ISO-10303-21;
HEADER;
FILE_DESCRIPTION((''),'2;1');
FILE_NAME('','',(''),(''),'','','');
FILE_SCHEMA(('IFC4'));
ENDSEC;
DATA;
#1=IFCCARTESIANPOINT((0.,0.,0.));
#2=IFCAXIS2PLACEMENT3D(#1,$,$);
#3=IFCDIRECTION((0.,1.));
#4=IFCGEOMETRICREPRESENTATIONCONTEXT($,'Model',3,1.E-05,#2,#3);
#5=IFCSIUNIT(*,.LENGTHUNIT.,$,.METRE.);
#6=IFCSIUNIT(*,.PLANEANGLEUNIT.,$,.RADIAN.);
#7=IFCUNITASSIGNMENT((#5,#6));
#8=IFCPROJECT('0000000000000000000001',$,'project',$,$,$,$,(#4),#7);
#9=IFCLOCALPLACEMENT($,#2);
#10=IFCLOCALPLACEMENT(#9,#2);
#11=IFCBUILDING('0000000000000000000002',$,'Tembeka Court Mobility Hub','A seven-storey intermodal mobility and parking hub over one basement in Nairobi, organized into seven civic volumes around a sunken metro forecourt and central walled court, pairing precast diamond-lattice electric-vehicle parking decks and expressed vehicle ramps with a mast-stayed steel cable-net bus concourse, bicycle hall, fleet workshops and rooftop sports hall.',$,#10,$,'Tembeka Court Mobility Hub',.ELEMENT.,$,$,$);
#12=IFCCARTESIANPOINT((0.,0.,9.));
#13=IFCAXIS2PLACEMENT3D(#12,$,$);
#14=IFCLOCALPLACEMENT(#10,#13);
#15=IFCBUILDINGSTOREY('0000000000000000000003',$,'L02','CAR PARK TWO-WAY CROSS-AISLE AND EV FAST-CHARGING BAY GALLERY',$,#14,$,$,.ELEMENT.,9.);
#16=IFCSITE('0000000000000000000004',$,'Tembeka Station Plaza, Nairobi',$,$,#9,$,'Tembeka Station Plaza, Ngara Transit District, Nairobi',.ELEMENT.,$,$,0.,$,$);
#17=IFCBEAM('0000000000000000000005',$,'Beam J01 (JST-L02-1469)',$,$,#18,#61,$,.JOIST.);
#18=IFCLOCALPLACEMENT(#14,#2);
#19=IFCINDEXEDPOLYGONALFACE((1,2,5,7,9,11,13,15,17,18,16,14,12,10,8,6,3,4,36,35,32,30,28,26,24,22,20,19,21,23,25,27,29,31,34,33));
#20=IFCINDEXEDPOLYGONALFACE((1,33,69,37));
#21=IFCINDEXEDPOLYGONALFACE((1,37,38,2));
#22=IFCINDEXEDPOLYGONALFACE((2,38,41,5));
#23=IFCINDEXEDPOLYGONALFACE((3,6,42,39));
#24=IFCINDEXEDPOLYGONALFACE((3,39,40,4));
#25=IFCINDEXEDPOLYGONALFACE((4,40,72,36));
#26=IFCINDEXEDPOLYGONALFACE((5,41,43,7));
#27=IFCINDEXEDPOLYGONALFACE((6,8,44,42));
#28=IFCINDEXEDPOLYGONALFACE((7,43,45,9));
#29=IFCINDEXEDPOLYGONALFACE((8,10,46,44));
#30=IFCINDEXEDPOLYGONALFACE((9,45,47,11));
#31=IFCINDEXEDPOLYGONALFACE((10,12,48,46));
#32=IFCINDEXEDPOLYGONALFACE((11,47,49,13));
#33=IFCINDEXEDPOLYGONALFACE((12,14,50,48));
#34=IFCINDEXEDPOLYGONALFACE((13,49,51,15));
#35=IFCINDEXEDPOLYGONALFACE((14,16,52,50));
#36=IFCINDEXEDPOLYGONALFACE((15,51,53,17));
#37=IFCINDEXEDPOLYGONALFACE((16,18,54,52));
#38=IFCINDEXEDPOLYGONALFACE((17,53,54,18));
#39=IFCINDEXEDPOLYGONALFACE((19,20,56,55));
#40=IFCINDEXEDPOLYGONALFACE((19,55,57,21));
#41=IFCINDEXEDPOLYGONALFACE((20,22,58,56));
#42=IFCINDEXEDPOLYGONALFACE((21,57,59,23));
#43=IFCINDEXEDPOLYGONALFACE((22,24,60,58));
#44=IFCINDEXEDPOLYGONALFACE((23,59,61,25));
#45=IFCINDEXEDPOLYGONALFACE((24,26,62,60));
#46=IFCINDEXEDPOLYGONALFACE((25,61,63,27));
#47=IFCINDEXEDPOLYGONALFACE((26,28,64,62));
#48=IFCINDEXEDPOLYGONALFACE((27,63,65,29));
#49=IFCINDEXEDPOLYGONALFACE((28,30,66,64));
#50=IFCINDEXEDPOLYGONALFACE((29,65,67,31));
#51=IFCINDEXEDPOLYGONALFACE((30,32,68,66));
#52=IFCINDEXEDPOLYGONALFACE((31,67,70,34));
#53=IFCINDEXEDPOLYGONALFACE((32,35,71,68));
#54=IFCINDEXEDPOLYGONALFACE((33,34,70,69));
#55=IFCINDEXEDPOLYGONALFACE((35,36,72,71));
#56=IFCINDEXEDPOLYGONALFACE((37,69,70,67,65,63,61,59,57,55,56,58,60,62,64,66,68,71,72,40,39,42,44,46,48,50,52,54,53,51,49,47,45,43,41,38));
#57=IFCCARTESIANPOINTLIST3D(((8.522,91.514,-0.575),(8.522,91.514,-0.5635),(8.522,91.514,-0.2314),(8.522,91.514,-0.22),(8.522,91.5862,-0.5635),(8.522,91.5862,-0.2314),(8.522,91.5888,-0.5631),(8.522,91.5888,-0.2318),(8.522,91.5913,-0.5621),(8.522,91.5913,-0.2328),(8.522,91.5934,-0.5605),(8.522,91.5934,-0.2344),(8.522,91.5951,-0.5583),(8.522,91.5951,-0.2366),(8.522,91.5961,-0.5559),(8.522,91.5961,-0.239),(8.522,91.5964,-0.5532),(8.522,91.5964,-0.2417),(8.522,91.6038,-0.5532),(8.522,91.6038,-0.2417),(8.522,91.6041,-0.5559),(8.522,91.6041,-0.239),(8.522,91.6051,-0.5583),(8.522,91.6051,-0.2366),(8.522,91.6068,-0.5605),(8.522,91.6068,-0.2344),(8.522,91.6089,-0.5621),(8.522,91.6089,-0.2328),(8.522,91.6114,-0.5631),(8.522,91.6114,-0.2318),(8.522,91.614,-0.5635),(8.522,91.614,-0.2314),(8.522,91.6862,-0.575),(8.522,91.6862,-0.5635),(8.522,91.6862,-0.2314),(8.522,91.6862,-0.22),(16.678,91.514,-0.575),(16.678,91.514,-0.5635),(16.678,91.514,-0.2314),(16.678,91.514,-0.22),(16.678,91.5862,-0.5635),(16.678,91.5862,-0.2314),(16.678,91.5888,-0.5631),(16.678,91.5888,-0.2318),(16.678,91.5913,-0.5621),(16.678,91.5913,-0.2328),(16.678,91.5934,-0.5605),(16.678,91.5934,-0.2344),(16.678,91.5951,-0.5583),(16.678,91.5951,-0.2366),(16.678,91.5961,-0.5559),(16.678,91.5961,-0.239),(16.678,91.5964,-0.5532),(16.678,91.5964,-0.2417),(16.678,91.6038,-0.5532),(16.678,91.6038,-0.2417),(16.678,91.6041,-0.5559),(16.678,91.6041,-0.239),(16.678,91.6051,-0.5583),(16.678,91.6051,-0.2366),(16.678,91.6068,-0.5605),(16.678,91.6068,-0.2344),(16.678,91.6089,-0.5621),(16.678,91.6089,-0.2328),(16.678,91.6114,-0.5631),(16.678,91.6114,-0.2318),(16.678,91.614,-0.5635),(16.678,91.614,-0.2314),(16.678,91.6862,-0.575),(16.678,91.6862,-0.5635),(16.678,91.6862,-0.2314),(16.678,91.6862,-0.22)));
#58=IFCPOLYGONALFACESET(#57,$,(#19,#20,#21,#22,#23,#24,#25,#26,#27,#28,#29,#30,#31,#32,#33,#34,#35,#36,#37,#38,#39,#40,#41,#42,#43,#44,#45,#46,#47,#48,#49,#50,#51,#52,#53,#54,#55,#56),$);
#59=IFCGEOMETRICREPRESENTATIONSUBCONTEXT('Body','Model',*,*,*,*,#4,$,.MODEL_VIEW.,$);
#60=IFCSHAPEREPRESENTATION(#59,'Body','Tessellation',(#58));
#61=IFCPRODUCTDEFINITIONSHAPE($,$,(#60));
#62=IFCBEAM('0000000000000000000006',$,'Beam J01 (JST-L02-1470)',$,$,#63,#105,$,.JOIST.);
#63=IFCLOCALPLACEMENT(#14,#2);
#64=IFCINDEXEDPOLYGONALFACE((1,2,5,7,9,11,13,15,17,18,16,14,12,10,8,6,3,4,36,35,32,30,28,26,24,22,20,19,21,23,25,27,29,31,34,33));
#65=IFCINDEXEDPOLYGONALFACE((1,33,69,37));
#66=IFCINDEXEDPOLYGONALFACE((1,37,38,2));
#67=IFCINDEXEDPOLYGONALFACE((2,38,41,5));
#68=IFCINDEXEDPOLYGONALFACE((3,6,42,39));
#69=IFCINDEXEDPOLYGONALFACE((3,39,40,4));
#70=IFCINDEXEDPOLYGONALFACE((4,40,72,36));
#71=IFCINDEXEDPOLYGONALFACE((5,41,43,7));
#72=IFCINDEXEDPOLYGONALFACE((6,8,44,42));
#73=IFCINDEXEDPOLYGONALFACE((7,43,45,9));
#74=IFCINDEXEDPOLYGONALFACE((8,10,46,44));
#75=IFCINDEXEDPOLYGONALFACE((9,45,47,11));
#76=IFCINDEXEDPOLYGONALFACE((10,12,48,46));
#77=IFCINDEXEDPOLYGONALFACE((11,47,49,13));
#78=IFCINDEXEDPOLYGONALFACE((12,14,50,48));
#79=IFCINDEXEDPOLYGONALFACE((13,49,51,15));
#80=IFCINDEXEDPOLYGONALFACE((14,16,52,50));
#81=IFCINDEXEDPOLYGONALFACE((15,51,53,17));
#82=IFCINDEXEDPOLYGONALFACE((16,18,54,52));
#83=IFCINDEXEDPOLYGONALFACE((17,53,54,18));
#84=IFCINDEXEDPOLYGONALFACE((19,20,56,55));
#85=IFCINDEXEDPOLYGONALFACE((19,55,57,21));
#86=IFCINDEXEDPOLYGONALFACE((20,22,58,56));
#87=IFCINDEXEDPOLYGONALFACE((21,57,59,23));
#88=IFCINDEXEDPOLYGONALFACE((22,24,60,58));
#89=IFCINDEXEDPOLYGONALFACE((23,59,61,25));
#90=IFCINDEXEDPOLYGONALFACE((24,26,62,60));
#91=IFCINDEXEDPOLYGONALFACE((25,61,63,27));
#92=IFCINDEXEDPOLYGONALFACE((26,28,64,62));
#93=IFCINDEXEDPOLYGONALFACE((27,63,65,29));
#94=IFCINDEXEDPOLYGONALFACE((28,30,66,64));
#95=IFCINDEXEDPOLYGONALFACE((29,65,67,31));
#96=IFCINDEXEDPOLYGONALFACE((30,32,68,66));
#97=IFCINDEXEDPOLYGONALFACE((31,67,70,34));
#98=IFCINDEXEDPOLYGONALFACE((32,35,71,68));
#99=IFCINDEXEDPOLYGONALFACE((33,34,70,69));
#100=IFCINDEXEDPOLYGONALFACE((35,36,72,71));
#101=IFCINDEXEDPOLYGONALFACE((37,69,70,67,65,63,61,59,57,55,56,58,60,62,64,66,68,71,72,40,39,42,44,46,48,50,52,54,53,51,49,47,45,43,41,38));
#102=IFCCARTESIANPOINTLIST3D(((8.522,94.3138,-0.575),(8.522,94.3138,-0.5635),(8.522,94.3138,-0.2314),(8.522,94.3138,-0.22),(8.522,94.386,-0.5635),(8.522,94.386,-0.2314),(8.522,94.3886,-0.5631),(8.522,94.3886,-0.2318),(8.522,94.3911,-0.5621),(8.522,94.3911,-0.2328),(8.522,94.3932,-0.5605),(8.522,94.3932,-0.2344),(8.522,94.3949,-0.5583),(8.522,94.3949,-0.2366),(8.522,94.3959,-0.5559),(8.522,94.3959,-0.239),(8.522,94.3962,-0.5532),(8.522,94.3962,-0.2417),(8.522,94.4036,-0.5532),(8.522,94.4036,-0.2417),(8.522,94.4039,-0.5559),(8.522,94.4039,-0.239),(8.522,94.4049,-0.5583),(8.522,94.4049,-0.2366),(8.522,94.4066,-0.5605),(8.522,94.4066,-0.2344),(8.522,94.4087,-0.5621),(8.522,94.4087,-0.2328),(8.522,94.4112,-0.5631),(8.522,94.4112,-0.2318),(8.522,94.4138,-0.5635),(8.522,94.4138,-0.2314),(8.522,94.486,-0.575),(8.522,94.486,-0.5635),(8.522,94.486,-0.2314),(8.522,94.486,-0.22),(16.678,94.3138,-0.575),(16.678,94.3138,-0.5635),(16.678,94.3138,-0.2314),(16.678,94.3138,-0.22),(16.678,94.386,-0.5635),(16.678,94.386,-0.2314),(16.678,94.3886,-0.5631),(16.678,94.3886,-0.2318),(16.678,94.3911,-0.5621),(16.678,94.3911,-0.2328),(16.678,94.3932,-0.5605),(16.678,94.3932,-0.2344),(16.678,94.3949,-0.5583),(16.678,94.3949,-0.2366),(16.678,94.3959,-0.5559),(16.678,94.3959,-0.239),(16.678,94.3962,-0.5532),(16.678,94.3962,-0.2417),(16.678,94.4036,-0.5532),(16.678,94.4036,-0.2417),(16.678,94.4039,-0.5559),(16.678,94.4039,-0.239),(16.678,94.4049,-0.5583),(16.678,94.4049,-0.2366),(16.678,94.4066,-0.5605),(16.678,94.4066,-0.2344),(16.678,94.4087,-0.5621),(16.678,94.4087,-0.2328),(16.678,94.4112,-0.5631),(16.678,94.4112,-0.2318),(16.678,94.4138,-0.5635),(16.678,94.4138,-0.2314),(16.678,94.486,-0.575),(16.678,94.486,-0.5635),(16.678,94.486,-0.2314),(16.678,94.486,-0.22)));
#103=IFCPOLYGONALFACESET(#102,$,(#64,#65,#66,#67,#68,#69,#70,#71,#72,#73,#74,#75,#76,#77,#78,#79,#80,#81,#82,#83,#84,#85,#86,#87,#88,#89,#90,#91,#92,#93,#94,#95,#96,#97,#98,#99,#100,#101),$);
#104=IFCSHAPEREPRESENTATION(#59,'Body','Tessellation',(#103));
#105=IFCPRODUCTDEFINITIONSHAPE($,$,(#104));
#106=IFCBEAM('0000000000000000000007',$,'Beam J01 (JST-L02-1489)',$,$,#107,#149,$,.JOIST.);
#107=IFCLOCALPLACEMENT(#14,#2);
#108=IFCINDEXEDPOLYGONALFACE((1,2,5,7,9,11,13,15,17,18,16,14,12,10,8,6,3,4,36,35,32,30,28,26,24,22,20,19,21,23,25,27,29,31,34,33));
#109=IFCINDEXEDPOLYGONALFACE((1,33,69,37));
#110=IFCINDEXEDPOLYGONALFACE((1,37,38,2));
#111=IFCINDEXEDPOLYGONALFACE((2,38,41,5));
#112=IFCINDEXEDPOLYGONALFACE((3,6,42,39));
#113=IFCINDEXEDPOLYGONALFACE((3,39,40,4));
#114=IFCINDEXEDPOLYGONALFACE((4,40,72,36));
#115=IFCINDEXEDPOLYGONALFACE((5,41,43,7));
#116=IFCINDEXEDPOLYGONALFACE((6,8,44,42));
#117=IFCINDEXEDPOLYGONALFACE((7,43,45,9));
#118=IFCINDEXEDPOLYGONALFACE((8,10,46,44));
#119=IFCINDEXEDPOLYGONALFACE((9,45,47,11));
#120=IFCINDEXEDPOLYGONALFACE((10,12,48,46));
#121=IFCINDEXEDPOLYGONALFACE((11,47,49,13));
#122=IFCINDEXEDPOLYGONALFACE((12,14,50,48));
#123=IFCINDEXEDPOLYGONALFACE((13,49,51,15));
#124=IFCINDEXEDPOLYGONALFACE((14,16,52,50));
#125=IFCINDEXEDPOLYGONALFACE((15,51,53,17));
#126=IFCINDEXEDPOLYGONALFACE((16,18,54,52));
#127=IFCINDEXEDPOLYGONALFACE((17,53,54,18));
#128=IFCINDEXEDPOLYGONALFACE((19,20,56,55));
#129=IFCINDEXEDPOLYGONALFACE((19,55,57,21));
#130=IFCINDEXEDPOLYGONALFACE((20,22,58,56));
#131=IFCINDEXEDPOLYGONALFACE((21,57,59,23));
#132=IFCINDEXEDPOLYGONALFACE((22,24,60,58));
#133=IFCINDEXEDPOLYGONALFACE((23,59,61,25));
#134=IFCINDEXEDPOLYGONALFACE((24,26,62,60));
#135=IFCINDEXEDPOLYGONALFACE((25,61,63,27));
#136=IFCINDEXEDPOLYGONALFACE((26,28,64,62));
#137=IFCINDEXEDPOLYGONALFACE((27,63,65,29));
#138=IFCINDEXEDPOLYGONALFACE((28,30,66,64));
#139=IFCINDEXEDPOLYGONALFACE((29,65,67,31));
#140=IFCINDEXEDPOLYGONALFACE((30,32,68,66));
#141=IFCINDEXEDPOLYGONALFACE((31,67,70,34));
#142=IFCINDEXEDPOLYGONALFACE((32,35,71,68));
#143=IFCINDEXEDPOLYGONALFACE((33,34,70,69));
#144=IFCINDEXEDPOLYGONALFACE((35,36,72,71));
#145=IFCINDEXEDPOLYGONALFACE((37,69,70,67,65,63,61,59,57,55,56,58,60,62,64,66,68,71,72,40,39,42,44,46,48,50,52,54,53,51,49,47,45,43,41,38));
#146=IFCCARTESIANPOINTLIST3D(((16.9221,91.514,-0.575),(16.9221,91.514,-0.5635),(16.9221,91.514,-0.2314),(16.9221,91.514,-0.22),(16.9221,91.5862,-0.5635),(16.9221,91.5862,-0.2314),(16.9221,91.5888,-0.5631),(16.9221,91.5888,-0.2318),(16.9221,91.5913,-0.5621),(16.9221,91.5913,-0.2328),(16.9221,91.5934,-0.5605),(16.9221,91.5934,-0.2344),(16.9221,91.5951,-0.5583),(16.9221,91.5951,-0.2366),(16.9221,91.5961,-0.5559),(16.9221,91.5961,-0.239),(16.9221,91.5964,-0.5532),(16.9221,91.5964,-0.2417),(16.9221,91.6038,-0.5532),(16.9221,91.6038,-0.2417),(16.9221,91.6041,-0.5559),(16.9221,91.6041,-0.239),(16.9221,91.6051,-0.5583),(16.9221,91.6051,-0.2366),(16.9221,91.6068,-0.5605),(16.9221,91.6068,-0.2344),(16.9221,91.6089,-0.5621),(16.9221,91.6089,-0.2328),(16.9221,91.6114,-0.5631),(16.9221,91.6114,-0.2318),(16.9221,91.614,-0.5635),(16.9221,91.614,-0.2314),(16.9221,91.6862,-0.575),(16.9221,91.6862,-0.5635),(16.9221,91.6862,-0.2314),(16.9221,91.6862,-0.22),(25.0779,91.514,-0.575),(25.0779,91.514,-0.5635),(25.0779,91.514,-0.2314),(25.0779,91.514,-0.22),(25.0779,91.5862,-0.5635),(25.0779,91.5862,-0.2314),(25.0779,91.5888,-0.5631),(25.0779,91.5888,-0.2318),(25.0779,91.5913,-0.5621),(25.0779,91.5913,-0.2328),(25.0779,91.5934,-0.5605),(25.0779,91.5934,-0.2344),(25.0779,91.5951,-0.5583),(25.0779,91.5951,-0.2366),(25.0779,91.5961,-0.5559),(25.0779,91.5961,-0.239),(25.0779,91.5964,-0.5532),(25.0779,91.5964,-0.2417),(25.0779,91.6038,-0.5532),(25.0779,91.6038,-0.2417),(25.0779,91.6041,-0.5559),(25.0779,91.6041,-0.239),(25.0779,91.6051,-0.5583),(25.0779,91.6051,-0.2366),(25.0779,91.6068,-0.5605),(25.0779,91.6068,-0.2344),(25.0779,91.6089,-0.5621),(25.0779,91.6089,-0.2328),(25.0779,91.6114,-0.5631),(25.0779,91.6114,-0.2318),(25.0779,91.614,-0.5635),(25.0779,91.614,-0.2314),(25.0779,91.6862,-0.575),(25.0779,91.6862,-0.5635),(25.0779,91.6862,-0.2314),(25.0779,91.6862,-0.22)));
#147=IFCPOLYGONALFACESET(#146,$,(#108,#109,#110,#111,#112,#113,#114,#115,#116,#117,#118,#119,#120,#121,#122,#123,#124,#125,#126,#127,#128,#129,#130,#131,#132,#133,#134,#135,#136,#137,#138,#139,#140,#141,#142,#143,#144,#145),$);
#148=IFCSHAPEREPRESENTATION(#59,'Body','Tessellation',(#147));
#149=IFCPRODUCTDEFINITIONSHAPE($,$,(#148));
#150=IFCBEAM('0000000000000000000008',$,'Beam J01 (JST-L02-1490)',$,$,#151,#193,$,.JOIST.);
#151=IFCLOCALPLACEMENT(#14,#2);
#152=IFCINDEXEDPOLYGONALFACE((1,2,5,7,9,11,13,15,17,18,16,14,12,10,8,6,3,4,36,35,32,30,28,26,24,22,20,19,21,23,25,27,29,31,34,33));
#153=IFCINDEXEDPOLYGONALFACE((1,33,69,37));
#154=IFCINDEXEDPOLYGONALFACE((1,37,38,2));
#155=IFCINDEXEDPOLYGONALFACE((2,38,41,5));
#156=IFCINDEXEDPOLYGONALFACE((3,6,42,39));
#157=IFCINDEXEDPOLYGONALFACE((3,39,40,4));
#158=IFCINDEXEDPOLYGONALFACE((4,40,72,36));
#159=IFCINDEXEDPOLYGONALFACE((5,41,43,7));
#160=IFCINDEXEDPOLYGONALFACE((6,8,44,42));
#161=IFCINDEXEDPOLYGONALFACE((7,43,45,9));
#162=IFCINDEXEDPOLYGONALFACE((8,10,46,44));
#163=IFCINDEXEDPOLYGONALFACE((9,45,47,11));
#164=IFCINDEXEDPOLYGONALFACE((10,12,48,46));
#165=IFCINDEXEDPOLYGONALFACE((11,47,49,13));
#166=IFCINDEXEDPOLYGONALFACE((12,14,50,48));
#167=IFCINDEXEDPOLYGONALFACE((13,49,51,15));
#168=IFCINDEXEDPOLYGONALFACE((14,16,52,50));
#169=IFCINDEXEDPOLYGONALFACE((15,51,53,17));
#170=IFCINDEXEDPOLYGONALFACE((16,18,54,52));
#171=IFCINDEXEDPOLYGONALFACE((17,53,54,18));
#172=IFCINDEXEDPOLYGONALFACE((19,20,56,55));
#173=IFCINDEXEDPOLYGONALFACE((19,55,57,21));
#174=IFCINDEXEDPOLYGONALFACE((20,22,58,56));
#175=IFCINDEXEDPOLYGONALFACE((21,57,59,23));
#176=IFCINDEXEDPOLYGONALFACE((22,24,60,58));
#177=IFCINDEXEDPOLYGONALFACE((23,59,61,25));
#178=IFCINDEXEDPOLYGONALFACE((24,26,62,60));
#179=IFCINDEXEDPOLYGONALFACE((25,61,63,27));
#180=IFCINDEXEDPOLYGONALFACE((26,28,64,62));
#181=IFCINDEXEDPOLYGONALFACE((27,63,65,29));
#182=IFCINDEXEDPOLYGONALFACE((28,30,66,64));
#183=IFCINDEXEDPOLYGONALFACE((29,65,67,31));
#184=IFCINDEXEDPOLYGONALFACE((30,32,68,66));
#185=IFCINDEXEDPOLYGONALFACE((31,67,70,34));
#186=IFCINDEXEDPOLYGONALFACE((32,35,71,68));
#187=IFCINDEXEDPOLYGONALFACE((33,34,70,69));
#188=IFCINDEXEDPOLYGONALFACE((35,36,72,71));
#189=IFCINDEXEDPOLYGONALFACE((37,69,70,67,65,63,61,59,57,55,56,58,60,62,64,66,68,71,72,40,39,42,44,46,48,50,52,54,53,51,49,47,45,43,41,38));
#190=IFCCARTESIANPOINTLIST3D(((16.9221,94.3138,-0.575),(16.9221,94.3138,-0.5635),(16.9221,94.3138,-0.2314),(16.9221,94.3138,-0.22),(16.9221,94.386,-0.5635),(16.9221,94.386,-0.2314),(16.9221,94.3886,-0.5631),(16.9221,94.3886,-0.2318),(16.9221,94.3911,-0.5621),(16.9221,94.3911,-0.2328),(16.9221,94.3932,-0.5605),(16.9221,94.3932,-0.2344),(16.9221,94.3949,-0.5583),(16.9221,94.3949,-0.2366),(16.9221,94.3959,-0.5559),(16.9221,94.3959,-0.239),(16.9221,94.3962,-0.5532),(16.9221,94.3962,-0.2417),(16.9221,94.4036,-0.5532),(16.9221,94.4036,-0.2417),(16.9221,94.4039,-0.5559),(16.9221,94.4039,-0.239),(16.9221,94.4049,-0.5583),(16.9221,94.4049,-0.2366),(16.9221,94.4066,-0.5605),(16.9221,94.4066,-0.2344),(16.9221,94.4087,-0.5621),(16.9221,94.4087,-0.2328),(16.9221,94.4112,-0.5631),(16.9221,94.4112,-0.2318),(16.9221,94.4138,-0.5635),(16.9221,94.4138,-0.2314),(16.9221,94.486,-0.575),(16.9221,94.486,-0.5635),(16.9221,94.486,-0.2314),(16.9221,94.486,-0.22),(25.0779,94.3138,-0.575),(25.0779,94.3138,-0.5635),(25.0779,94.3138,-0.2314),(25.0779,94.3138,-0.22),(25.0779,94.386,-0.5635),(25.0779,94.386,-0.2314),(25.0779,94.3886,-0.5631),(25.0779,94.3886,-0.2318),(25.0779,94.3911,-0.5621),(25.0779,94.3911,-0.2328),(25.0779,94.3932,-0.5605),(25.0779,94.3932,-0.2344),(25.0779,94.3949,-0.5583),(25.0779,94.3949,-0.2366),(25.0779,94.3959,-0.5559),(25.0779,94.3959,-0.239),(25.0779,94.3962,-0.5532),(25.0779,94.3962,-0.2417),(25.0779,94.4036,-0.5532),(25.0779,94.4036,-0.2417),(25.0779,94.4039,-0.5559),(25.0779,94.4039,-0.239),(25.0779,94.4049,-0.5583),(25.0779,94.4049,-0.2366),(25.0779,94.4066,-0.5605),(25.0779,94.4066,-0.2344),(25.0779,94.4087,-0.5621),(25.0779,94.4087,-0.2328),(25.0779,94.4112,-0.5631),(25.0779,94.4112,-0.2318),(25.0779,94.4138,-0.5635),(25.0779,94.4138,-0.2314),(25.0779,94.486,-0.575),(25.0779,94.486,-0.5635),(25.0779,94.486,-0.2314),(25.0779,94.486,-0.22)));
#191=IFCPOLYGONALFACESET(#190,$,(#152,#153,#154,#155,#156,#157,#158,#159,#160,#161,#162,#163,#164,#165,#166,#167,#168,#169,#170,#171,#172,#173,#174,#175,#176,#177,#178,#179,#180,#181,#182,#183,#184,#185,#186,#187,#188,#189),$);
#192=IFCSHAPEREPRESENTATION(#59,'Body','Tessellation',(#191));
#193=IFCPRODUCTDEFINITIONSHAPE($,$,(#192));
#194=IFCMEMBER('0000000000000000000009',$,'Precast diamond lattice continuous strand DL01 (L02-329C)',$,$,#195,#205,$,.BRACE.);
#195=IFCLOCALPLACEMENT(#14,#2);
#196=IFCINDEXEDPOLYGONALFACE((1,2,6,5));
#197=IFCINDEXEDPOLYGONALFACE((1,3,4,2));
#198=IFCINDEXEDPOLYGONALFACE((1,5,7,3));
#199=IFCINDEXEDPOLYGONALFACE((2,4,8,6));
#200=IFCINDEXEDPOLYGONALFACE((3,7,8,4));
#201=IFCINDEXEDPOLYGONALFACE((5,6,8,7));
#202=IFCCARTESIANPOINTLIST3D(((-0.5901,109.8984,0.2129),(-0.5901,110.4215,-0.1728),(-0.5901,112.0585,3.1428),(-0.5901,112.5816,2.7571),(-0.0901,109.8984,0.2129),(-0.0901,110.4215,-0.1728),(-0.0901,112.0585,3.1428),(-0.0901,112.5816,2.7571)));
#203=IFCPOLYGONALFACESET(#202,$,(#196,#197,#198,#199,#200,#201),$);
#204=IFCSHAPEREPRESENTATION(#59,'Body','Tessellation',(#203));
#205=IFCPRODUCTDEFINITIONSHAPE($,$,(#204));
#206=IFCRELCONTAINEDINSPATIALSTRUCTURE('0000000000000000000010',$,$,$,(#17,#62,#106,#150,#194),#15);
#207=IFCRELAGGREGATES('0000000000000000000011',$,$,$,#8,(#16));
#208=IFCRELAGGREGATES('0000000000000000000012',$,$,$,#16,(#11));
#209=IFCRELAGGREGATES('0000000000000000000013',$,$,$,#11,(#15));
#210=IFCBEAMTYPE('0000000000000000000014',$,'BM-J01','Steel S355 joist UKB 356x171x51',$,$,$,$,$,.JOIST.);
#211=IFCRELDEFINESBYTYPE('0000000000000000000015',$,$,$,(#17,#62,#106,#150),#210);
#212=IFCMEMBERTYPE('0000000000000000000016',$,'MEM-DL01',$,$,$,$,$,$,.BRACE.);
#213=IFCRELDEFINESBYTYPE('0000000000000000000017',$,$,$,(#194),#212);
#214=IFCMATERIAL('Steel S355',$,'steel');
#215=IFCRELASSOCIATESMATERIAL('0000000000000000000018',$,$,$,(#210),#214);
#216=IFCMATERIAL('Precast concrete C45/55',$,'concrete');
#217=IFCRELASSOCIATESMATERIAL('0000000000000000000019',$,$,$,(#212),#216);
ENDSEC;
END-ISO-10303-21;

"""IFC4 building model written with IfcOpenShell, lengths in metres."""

from ifc_helpers import new_model, si_unit, direction, frame, origin, origin_2d, place, context, subcontext, project, spatial, rectangle, i_section, extrude, material, material_profile, profile_set, type_object, element, save


model = new_model("IFC4")

# Units and contexts
model_context = context("Model", 3, precision=1e-05, world=origin(), true_north=direction((0.0, 1.0)))
body_context = subcontext(model_context, "Body", "Model", "MODEL_VIEW")
ifc_project = project(units=[si_unit("LENGTHUNIT", "METRE"), si_unit("PLANEANGLEUNIT", "RADIAN")], contexts=[model_context])

# Site, building, storey
site_placement = place(None, origin())
site = spatial("IfcSite", under=ifc_project, at=site_placement, Name="Tembeka Station Plaza, Nairobi", LongName="Tembeka Station Plaza, Ngara Transit District, Nairobi", CompositionType="ELEMENT", RefElevation=0.0)
building_placement = place(site_placement, origin())
building = spatial("IfcBuilding", under=site, at=building_placement, Name="Tembeka Court Mobility Hub", Description="A seven-storey intermodal mobility and parking hub over one basement in Nairobi, organized into seven civic volumes around a sunken metro forecourt and central walled court, pairing precast diamond-lattice electric-vehicle parking decks and expressed vehicle ramps with a mast-stayed steel cable-net bus concourse, bicycle hall, fleet workshops and rooftop sports hall.", LongName="Tembeka Court Mobility Hub", CompositionType="ELEMENT")
storey_placement = place(building_placement, frame((0.0, 0.0, 9.0)))
storey = spatial("IfcBuildingStorey", under=building, at=storey_placement, Name="L02", Description="CAR PARK TWO-WAY CROSS-AISLE AND EV FAST-CHARGING BAY GALLERY", CompositionType="ELEMENT", Elevation=9.0)

# Shared definitions
ifc_material_1 = material(Name="Steel S355", Category="steel")

# Beams
ifc_material_profile_1 = material_profile(ifc_material_1, i_section(OverallWidth=0.1721, OverallDepth=0.355, WebThickness=0.0073, FlangeThickness=0.0115, FilletRadius=0.0103, at=origin_2d()), Name="UKB 356x171x51")
ifc_profile_set_1 = profile_set([ifc_material_profile_1], Name="Steel S355")
beam_type_1 = type_object("IfcBeamType", Name="BM-J01", Description="Steel S355 joist UKB 356x171x51", PredefinedType="JOIST", material=ifc_profile_set_1)
for number, where, z_axis, x_axis, name in (
    (1, (8.522, 91.6001, -0.3975), (1.0, 0.0, 0.0), (0.0, 1.0, 0.0), "Beam J01 (JST-L02-1469)"),
    (2, (8.522, 94.3999, -0.3975), (1.0, 0.0, 0.0), (0.0, 1.0, 0.0), "Beam J01 (JST-L02-1470)"),
):
    element("IfcBeam", number, at=place(storey_placement, frame(where, z_axis=z_axis, x_axis=x_axis)), inside=storey, type_object=beam_type_1, Name=name, PredefinedType="JOIST", context=body_context, shape_type="SweptSolid", body=[
        extrude(i_section(OverallWidth=0.1721, OverallDepth=0.355, WebThickness=0.0073, FlangeThickness=0.0115, FilletRadius=0.0103, at=origin_2d()), origin(), (0.0, 0.0, 1.0), 8.156),
    ])
for number, where, z_axis, x_axis, name in (
    (3, (16.9221, 91.6001, -0.3975), (1.0, 0.0, 0.0), (0.0, 1.0, 0.0), "Beam J01 (JST-L02-1489)"),
    (4, (16.9221, 94.3999, -0.3975), (1.0, 0.0, 0.0), (0.0, 1.0, 0.0), "Beam J01 (JST-L02-1490)"),
):
    element("IfcBeam", number, at=place(storey_placement, frame(where, z_axis=z_axis, x_axis=x_axis)), inside=storey, type_object=beam_type_1, Name=name, PredefinedType="JOIST", context=body_context, shape_type="SweptSolid", body=[
        extrude(i_section(OverallWidth=0.1721, OverallDepth=0.355, WebThickness=0.0073, FlangeThickness=0.0115, FilletRadius=0.0103, at=origin_2d()), origin(), (0.0, 0.0, 1.0), 8.1558),
    ])

# Member
ifc_material_2 = material(Name="Precast concrete C45/55", Category="concrete")
ifc_material_profile_2 = material_profile(ifc_material_2, rectangle(XDim=0.5, YDim=0.6499, at=origin_2d()), Name="PC-DIAG 500x650")
ifc_profile_set_2 = profile_set([ifc_material_profile_2], Name="Precast concrete C45/55")
member_type_1 = type_object("IfcMemberType", Name="MEM-DL01", PredefinedType="BRACE", material=ifc_profile_set_2)
member_1_placement = place(storey_placement, frame((-0.3401, 110.1599, 0.02), z_axis=(0.0, 0.593423, 0.804891), x_axis=(-1.0, 0.0, 0.0)))
element("IfcMember", 5, at=member_1_placement, inside=storey, type_object=member_type_1, Name="Precast diamond lattice continuous strand DL01 (L02-329C)", PredefinedType="BRACE", context=body_context, shape_type="SweptSolid", body=[
    extrude(rectangle(XDim=0.5, YDim=0.6499, at=origin_2d()), origin(), (0.0, 0.0, 1.0), 3.6401),
])

save(model, "model.ifc")
